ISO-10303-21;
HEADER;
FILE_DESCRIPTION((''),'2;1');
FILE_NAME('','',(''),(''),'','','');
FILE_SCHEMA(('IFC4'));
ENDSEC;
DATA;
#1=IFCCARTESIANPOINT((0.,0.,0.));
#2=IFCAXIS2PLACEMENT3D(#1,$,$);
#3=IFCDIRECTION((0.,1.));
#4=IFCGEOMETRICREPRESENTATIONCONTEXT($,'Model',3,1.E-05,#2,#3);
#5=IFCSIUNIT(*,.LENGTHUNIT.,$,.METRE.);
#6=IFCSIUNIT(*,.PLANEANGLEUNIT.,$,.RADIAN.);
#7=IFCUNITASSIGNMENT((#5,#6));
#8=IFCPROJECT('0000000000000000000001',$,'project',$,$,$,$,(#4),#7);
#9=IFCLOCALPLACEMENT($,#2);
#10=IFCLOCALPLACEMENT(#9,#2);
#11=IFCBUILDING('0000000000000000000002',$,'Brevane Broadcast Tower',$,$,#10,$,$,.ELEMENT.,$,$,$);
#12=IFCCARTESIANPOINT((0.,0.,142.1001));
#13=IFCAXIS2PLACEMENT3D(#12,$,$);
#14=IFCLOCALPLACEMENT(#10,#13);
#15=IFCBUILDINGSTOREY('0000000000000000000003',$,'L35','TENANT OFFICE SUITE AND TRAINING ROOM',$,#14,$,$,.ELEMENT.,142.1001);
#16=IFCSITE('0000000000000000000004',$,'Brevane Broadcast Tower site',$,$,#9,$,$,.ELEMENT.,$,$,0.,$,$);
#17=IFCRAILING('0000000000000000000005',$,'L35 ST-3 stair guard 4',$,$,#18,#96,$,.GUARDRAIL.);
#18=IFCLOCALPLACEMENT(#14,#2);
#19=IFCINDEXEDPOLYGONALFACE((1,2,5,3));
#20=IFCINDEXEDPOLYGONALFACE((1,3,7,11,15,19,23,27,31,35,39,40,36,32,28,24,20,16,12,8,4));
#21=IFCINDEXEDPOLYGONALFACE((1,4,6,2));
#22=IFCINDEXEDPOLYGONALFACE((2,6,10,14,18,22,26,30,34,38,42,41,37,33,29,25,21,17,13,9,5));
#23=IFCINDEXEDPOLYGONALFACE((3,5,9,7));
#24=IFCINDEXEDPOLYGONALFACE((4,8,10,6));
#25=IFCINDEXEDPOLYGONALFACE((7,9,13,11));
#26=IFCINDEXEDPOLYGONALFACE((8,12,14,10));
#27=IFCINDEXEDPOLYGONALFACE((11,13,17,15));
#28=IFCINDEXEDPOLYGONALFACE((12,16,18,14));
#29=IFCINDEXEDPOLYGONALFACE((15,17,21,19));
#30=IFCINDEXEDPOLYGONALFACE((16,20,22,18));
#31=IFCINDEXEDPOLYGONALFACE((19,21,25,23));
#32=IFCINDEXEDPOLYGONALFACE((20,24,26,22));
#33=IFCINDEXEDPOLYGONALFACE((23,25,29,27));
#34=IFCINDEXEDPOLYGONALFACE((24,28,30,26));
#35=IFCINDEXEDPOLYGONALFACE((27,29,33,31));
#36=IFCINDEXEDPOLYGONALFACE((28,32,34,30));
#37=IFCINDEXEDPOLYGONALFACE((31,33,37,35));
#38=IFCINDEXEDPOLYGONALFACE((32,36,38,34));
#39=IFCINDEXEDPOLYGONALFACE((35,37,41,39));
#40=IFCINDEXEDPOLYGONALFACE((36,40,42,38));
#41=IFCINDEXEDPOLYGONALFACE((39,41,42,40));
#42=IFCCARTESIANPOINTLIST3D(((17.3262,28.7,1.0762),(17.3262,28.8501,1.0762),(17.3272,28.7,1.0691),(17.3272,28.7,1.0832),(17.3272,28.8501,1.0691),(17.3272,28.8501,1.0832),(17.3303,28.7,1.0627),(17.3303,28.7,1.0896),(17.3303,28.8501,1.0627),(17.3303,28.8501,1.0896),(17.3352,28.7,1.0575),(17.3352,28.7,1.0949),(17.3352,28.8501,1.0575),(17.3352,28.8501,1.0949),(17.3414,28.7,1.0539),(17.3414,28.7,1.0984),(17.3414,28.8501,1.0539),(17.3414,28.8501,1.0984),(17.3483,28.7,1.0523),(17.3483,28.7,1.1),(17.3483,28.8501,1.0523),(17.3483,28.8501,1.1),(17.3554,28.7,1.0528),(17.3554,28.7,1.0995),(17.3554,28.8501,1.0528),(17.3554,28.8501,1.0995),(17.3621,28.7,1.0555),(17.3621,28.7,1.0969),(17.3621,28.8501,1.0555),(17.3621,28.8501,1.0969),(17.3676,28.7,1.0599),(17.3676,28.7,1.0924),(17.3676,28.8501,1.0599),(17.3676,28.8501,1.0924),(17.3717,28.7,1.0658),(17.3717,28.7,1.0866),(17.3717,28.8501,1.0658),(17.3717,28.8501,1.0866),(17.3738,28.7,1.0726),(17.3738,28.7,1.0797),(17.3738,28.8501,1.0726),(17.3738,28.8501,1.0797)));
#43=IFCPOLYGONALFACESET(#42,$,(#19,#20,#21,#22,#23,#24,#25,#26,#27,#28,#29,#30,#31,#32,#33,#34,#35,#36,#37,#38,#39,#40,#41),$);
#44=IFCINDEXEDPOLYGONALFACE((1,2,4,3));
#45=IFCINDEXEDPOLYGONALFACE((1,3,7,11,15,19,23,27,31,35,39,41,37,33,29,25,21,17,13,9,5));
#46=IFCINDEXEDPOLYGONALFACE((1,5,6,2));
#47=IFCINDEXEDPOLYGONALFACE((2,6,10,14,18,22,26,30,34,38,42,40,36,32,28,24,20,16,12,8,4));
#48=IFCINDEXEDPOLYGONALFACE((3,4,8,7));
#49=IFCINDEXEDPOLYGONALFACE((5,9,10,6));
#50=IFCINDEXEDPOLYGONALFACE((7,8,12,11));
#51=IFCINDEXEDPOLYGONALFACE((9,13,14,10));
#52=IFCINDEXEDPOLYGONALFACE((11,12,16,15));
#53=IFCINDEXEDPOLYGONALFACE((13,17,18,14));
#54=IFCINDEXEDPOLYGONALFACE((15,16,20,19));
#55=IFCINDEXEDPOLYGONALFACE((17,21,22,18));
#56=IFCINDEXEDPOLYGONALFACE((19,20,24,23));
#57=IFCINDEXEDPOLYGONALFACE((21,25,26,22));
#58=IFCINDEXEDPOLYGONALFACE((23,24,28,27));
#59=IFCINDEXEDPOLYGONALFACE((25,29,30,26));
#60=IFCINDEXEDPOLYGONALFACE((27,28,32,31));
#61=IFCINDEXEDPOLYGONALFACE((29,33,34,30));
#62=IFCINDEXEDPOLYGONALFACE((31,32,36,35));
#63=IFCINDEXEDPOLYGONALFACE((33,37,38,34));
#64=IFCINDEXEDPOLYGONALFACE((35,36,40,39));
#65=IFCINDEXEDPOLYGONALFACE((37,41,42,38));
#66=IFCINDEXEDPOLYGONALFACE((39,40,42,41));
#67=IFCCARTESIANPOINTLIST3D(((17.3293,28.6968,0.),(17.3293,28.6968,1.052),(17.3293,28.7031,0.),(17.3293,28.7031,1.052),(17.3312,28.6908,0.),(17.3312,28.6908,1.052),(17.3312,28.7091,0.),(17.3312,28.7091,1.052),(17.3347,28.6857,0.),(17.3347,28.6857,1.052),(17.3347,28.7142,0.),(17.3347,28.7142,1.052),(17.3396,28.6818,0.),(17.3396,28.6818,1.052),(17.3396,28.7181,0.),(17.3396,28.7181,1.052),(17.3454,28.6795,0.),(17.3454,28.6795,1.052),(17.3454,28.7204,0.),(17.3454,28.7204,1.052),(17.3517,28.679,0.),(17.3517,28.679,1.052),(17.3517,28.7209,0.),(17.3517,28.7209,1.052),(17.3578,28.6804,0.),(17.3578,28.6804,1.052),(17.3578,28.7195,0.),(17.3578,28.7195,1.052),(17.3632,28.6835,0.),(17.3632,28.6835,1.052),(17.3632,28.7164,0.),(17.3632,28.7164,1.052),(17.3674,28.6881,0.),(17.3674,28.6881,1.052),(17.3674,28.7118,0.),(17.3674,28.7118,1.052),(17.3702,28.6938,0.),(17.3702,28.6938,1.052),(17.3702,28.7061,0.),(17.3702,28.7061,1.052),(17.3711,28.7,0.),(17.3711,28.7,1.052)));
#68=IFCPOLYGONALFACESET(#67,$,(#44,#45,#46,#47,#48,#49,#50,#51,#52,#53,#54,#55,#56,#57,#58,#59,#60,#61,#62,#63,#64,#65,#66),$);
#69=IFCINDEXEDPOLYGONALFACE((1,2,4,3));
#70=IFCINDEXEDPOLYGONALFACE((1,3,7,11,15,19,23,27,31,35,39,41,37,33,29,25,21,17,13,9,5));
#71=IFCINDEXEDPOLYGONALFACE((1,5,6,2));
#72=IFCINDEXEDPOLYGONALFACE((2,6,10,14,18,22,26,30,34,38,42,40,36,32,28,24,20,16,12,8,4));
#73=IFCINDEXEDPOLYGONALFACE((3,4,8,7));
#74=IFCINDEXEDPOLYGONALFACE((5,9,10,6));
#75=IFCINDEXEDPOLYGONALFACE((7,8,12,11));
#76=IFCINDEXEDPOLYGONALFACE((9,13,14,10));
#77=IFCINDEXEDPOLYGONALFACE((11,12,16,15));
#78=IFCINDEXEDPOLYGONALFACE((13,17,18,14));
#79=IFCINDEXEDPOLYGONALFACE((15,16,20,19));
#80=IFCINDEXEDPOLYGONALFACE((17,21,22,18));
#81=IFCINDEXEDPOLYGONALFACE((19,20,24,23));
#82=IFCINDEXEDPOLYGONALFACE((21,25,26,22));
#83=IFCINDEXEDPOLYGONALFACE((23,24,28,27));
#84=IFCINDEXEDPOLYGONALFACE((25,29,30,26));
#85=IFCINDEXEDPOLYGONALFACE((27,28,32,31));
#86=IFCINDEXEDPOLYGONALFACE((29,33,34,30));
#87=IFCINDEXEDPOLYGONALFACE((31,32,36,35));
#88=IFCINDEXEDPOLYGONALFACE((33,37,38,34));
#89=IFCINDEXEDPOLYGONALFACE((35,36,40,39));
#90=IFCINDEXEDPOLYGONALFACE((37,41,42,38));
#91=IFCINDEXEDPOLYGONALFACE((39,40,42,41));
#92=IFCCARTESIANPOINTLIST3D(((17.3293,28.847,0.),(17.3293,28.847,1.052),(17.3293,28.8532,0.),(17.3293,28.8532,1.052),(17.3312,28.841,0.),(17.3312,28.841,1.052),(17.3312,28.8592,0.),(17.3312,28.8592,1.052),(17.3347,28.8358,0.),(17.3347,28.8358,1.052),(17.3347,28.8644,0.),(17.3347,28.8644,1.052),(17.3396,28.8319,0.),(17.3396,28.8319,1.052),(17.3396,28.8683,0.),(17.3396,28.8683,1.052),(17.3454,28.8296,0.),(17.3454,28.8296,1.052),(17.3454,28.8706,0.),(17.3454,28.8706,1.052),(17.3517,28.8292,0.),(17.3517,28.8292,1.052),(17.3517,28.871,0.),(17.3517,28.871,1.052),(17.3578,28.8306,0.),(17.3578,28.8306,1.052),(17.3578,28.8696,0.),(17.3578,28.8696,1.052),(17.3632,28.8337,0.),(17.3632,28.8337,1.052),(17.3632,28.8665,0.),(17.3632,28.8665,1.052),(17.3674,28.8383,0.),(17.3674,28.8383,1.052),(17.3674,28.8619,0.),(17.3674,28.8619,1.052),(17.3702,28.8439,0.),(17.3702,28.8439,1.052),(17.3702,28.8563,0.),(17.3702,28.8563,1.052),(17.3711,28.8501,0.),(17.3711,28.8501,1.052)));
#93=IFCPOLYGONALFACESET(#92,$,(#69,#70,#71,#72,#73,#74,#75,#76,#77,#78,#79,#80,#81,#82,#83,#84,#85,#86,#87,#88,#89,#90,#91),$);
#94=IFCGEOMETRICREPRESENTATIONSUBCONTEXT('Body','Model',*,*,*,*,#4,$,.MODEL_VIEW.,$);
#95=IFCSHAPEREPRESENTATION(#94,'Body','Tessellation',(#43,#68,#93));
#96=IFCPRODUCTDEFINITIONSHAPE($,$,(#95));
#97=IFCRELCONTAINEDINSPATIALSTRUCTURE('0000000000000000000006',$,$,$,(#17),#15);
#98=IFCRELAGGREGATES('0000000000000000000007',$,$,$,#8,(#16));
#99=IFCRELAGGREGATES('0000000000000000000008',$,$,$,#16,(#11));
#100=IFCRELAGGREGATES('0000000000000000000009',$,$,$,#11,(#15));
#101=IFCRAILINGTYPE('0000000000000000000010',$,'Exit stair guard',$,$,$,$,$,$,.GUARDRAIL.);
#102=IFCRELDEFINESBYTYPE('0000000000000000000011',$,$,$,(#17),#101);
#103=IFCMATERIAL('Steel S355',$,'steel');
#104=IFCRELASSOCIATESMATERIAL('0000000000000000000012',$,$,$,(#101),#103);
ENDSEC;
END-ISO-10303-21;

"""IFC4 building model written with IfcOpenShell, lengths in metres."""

from ifc_helpers import new_model, si_unit, direction, frame, origin, origin_2d, place, context, subcontext, project, spatial, circle, extrude, material, type_object, element, save


model = new_model("IFC4")

# Units and contexts
model_context = context("Model", 3, precision=1e-05, world=origin(), true_north=direction((0.0, 1.0)))
body_context = subcontext(model_context, "Body", "Model", "MODEL_VIEW")
ifc_project = project(units=[si_unit("LENGTHUNIT", "METRE"), si_unit("PLANEANGLEUNIT", "RADIAN")], contexts=[model_context])

# Site, building, storey
site_placement = place(None, origin())
site = spatial("IfcSite", under=ifc_project, at=site_placement, Name="Brevane Broadcast Tower site", CompositionType="ELEMENT", RefElevation=0.0)
building_placement = place(site_placement, origin())
building = spatial("IfcBuilding", under=site, at=building_placement, Name="Brevane Broadcast Tower", CompositionType="ELEMENT")
storey_placement = place(building_placement, frame((0.0, 0.0, 142.1001)))
storey = spatial("IfcBuildingStorey", under=building, at=storey_placement, Name="L35", Description="TENANT OFFICE SUITE AND TRAINING ROOM", CompositionType="ELEMENT", Elevation=142.1001)

# Railing
ifc_material_1 = material(Name="Steel S355", Category="steel")
railing_type_1 = type_object("IfcRailingType", Name="Exit stair guard", PredefinedType="GUARDRAIL", material=ifc_material_1)
railing_1_placement = place(storey_placement, frame((17.3501, 28.7, 0.0)))
element("IfcRailing", 1, at=railing_1_placement, inside=storey, type_object=railing_type_1, Name="L35 ST-3 stair guard 4", PredefinedType="GUARDRAIL", context=body_context, shape_type="SweptSolid", body=[
    extrude(circle(Radius=0.0239, at=origin_2d()), frame((0.0, 0.0, 1.0762), z_axis=(0.0, 1.0, 0.0), x_axis=(-1.0, 0.0, 0.0)), (0.0, 0.0, 1.0), 0.1501),
    extrude(circle(Radius=0.021, at=origin_2d()), origin(), (0.0, 0.0, 1.0), 1.052),
    extrude(circle(Radius=0.021, at=origin_2d()), frame((0.0, 0.1501, 0.0)), (0.0, 0.0, 1.0), 1.052),
])

save(model, "model.ifc")
